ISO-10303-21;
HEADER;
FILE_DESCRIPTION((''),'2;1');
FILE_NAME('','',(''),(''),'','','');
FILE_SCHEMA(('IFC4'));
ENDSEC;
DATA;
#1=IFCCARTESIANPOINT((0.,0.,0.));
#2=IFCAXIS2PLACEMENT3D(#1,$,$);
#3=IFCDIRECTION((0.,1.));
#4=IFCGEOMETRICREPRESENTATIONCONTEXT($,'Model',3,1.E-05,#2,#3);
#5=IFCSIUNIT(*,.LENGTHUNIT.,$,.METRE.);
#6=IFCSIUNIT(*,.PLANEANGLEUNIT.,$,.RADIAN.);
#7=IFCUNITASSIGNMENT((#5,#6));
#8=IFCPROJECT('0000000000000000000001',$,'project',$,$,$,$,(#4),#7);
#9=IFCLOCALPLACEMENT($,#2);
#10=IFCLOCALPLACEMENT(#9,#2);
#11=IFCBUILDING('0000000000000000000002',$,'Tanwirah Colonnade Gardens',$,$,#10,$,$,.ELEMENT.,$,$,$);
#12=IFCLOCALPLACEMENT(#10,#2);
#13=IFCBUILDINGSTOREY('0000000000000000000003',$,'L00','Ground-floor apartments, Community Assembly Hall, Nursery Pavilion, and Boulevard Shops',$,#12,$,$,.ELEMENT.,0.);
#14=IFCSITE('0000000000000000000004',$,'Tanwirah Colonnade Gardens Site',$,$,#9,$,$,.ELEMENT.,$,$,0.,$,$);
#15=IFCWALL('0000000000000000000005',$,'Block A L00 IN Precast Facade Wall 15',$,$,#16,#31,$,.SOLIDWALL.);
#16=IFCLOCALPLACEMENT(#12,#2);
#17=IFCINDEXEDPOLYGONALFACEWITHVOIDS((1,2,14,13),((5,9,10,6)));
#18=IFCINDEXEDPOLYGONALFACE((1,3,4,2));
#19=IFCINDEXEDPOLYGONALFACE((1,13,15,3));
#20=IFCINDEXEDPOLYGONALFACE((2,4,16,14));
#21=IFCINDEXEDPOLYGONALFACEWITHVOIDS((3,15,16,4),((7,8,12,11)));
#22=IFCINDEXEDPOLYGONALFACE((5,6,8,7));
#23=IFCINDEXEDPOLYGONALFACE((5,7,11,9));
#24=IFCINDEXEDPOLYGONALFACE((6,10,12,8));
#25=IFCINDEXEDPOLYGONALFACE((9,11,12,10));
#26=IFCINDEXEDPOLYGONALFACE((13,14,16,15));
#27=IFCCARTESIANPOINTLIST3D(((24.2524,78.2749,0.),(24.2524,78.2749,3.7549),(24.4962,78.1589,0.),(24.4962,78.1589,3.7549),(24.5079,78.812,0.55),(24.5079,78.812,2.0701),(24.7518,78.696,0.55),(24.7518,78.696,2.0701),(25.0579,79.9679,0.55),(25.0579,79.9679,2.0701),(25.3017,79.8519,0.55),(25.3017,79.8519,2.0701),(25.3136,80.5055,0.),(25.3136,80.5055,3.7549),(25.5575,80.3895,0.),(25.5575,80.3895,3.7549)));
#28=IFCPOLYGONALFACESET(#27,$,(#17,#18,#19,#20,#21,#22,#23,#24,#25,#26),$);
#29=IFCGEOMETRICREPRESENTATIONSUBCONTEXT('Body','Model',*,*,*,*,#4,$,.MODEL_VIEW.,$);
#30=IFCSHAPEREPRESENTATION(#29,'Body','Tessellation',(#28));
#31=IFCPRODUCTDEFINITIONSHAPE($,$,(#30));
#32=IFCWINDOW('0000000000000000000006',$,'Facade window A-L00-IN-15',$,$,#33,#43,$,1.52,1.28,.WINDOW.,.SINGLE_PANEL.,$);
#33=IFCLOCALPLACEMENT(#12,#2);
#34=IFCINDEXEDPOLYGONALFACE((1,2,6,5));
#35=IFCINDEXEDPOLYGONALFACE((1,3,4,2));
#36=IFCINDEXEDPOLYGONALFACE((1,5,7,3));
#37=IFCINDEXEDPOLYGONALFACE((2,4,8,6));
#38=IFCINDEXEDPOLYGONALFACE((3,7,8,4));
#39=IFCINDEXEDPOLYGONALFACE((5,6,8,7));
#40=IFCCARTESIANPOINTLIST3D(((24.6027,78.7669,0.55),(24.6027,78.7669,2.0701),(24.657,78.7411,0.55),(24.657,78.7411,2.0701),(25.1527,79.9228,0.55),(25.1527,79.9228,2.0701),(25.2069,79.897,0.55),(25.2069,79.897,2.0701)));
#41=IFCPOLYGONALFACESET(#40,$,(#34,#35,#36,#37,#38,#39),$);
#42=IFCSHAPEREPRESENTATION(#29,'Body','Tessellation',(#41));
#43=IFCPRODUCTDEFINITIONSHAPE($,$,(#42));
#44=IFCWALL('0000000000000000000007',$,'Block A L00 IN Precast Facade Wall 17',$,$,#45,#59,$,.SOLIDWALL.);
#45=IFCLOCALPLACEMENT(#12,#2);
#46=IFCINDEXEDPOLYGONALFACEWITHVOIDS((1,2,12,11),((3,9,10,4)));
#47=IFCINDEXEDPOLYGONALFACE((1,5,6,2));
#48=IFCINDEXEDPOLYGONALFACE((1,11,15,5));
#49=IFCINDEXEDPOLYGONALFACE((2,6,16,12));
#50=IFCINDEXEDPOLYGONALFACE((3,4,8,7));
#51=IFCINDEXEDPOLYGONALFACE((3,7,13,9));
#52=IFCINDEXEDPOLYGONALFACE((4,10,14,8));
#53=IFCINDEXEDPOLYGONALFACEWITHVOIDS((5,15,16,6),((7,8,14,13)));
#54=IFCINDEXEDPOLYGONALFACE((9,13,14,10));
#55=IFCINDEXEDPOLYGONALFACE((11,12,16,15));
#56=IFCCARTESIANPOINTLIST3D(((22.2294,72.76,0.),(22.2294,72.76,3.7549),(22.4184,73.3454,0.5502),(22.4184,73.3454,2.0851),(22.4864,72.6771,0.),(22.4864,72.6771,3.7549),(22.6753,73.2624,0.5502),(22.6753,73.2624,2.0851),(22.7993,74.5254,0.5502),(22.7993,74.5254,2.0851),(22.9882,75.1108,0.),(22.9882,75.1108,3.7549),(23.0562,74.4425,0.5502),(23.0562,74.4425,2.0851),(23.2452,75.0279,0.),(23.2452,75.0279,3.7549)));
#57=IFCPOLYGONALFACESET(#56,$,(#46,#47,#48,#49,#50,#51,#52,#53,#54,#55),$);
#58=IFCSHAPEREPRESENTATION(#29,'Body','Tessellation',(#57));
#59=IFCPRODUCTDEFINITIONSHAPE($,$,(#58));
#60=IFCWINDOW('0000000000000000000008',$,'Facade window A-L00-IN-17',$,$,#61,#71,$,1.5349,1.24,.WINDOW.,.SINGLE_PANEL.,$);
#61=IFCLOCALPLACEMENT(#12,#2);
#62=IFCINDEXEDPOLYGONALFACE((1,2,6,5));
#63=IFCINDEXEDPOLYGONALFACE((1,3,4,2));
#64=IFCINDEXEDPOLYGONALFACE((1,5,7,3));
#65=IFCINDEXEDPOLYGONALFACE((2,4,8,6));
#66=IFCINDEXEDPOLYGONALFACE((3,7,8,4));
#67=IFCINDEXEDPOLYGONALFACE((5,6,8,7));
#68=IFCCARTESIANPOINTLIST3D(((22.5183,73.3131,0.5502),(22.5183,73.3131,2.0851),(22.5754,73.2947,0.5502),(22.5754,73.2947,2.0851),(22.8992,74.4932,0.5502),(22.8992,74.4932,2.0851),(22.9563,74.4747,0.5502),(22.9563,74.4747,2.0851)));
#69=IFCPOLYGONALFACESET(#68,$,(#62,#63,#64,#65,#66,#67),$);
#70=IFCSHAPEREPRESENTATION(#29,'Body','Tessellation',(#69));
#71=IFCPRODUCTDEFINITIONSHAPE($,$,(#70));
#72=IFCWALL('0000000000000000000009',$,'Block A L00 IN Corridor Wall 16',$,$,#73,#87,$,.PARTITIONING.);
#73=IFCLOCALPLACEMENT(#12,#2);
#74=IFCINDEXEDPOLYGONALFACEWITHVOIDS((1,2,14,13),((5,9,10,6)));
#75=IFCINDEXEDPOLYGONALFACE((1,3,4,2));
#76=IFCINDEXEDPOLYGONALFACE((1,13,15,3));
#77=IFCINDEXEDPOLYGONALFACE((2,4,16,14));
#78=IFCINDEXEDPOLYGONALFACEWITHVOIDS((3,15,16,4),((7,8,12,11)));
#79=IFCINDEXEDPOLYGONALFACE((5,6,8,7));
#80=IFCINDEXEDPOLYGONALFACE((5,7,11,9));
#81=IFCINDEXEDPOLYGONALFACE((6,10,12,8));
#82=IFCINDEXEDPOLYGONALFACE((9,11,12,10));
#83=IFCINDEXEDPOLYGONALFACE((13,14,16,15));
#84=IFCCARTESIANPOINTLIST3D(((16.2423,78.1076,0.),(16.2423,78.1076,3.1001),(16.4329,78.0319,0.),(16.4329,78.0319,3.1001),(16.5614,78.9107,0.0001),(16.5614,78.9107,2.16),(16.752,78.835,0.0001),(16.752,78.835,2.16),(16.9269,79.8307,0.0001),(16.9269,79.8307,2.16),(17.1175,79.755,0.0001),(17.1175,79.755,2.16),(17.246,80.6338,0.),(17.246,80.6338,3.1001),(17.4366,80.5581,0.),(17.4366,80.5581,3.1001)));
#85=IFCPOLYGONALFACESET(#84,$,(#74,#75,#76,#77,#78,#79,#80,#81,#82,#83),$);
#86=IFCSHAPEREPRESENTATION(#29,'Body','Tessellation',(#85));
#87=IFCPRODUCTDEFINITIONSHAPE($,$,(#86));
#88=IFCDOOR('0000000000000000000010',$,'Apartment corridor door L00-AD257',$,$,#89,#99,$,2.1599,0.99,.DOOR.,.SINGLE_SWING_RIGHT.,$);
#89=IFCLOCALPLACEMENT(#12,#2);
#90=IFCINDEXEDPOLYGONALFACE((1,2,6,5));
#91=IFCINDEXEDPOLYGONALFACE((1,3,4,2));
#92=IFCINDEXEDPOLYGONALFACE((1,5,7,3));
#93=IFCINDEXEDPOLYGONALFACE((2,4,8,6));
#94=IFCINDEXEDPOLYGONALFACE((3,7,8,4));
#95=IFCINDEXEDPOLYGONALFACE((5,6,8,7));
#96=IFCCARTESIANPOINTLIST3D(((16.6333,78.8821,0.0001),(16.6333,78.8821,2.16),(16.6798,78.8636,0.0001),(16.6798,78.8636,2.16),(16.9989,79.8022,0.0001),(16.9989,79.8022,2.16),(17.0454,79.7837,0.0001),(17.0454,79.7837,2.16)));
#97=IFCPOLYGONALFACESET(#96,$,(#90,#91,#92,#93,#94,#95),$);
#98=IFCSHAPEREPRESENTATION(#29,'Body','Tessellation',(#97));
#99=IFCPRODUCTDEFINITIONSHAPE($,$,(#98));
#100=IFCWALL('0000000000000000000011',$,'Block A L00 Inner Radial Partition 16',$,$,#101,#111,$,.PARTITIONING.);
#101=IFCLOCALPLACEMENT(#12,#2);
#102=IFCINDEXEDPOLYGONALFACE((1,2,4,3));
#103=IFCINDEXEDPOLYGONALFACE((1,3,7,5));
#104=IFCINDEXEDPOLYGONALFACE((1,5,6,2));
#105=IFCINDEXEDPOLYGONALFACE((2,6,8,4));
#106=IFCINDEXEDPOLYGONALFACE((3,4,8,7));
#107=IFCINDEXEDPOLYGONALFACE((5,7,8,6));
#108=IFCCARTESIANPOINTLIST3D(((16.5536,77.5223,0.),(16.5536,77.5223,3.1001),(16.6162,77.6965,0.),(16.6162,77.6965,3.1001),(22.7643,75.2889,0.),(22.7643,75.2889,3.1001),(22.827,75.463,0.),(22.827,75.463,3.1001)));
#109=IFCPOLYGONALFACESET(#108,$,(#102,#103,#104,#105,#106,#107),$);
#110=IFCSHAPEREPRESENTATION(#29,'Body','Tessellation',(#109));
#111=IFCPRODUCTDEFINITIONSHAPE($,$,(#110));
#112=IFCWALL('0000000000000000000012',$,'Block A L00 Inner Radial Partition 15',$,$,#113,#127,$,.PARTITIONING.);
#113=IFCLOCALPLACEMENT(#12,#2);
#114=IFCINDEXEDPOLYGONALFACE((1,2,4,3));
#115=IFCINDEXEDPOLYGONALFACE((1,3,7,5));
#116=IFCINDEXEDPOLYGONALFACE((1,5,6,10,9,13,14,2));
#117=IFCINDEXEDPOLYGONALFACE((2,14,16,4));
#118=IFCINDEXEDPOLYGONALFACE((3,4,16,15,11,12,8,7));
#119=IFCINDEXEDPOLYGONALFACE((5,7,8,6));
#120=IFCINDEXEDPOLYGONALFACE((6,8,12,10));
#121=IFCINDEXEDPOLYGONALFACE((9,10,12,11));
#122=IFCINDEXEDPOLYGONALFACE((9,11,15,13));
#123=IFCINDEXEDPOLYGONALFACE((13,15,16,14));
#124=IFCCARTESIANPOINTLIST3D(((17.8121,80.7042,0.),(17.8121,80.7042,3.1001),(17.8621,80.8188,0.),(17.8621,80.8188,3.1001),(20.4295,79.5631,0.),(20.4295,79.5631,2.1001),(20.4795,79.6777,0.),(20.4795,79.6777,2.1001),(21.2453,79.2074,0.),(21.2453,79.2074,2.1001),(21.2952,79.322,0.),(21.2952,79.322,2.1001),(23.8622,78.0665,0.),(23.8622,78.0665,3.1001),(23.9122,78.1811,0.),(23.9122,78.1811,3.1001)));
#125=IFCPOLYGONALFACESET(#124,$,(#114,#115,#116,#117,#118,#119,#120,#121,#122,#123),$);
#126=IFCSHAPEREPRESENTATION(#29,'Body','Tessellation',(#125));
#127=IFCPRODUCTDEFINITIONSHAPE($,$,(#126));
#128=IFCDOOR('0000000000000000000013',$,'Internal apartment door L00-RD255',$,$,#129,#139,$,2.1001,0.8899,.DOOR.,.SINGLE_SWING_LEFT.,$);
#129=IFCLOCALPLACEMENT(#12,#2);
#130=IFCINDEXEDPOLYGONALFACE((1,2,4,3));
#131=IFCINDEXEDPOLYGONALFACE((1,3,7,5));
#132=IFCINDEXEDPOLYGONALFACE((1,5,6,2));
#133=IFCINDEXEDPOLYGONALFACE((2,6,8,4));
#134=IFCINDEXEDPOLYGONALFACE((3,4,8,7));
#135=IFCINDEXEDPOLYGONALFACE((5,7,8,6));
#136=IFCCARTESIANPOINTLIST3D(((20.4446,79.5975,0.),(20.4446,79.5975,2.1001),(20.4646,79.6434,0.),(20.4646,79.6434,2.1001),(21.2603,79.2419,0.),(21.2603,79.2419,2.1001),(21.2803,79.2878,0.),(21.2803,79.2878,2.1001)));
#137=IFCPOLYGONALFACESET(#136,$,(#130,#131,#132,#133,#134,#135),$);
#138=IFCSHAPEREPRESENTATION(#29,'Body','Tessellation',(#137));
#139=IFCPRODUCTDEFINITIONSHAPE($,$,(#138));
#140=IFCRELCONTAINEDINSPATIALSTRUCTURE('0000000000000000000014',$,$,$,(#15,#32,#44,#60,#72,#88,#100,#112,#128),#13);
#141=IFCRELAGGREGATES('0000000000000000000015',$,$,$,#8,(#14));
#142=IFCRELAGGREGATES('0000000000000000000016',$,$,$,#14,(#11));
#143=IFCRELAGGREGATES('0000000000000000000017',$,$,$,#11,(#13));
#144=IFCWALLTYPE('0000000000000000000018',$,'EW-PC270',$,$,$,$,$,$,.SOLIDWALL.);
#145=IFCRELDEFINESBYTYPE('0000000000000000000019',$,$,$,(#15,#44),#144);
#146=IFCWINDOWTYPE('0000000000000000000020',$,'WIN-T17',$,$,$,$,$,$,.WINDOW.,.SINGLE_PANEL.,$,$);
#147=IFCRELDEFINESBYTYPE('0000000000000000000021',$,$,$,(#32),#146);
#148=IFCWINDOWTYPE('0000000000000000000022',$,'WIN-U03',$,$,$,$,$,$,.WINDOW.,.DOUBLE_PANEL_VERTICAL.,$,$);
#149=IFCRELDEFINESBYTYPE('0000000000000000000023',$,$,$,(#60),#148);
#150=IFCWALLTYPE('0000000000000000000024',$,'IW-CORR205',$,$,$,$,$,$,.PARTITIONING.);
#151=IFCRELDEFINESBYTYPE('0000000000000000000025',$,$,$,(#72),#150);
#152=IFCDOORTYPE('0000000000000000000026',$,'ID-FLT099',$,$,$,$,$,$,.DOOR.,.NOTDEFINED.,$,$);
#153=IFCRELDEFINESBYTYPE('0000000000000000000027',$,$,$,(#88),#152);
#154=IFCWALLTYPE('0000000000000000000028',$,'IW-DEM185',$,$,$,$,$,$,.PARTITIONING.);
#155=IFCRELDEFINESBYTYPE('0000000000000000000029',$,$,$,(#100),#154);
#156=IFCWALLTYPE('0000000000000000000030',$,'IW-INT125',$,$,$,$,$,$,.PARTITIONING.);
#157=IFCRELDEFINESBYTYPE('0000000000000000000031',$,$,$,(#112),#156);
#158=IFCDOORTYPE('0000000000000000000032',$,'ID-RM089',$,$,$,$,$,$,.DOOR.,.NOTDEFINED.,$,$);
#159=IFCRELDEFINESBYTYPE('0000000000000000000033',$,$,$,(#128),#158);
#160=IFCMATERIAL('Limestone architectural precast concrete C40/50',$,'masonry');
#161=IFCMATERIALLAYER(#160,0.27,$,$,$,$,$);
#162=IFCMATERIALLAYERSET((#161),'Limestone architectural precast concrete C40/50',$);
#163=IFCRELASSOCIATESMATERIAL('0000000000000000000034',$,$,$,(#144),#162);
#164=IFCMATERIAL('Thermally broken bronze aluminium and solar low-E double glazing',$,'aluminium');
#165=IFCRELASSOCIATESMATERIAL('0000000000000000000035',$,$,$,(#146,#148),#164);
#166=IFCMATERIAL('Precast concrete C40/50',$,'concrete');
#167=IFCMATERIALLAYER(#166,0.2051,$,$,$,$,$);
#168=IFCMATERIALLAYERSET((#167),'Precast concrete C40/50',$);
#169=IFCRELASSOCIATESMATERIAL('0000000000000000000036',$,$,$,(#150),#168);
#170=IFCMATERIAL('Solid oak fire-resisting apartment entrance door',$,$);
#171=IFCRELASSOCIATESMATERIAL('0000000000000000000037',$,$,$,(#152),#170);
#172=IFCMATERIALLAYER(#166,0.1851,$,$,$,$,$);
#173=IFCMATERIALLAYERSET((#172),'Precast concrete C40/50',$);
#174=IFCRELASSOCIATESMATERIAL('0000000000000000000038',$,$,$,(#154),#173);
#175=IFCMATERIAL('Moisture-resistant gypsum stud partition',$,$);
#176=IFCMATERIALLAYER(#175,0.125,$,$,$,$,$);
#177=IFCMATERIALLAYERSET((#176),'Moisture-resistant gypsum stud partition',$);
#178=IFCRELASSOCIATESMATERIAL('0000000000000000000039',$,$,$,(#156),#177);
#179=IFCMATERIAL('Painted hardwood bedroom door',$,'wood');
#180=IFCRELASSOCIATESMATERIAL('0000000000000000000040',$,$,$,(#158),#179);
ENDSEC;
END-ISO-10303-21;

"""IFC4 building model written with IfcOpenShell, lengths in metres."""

from ifc_helpers import new_model, si_unit, direction, frame, frame_2d, origin, place, context, subcontext, project, spatial, rectangle, extrude, material, layer, layer_set, type_object, element, fill, save


model = new_model("IFC4")

# Units and contexts
model_context = context("Model", 3, precision=1e-05, world=origin(), true_north=direction((0.0, 1.0)))
body_context = subcontext(model_context, "Body", "Model", "MODEL_VIEW")
ifc_project = project(units=[si_unit("LENGTHUNIT", "METRE"), si_unit("PLANEANGLEUNIT", "RADIAN")], contexts=[model_context])

# Site, building, storey
site_placement = place(None, origin())
site = spatial("IfcSite", under=ifc_project, at=site_placement, Name="Tanwirah Colonnade Gardens Site", CompositionType="ELEMENT", RefElevation=0.0)
building_placement = place(site_placement, origin())
building = spatial("IfcBuilding", under=site, at=building_placement, Name="Tanwirah Colonnade Gardens", CompositionType="ELEMENT")
storey_placement = place(building_placement, origin())
storey = spatial("IfcBuildingStorey", under=building, at=storey_placement, Name="L00", Description="Ground-floor apartments, Community Assembly Hall, Nursery Pavilion, and Boulevard Shops", CompositionType="ELEMENT", Elevation=0.0)

# Shared definitions
ifc_material_1 = material(Name="Precast concrete C40/50", Category="concrete")

# Wall, opening, window
ifc_material_2 = material(Name="Limestone architectural precast concrete C40/50", Category="masonry")
ifc_layer_1 = layer(ifc_material_2, 0.27)
ifc_layer_set_1 = layer_set([ifc_layer_1], Name="Limestone architectural precast concrete C40/50")
wall_type_1 = type_object("IfcWallType", Name="EW-PC270", PredefinedType="SOLIDWALL", material=ifc_layer_set_1)
wall_1_placement = place(storey_placement, frame((25.4355, 80.4475, 0.0), z_axis=(0.0, 0.0, 1.0), x_axis=(-0.429615, -0.903012, 0.0)))
wall_1 = element("IfcWall", 1, at=wall_1_placement, inside=storey, type_object=wall_type_1, Name="Block A L00 IN Precast Facade Wall 15", PredefinedType="SOLIDWALL", context=body_context, shape_type="SweptSolid", body=[
    extrude(rectangle(XDim=2.4702, YDim=0.27, at=frame_2d((1.2351, 0.0))), origin(), (0.0, 0.0, 1.0), 3.7549),
])
opening_1_placement = place(wall_1_placement, frame((0.5952, 0.0, 0.55)))
opening_1 = element("IfcOpeningElement", 2, at=opening_1_placement, cuts=wall_1, PredefinedType="OPENING", context=body_context, shape_type="SweptSolid", body=[
    extrude(rectangle(XDim=1.28, YDim=1.52, at=frame_2d((0.6401, 0.76))), frame((0.0, 0.145, 0.0), z_axis=(0.0, -1.0, 0.0), x_axis=(1.0, 0.0, 0.0)), (0.0, 0.0, 1.0), 0.29),
])
ifc_material_3 = material(Name="Thermally broken bronze aluminium and solar low-E double glazing", Category="aluminium")
window_type_1 = type_object("IfcWindowType", Name="WIN-T17", PartitioningType="SINGLE_PANEL", PredefinedType="WINDOW", material=ifc_material_3)
window_1_placement = place(opening_1_placement, origin())
window_1 = element("IfcWindow", 3, at=window_1_placement, inside=storey, type_object=window_type_1, Name="Facade window A-L00-IN-15", OverallHeight=1.52, OverallWidth=1.28, PartitioningType="SINGLE_PANEL", PredefinedType="WINDOW", context=body_context, shape_type="SweptSolid", body=[
    extrude(rectangle(XDim=1.28, YDim=1.52, at=frame_2d((0.6401, 0.76))), frame((0.0, 0.03, 0.0), z_axis=(0.0, -1.0, 0.0), x_axis=(1.0, 0.0, 0.0)), (0.0, 0.0, 1.0), 0.0601),
])
fill(opening_1, window_1)

# Wall, opening, window
wall_2_placement = place(storey_placement, frame((23.1167, 75.0693, 0.0), z_axis=(0.0, 0.0, 1.0), x_axis=(-0.30717, -0.951655, 0.0)))
wall_2 = element("IfcWall", 4, at=wall_2_placement, inside=storey, type_object=wall_type_1, Name="Block A L00 IN Precast Facade Wall 17", PredefinedType="SOLIDWALL", context=body_context, shape_type="SweptSolid", body=[
    extrude(rectangle(XDim=2.4702, YDim=0.27, at=frame_2d((1.2351, 0.0))), origin(), (0.0, 0.0, 1.0), 3.7549),
])
opening_2_placement = place(wall_2_placement, frame((0.615, 0.0, 0.55)))
opening_2 = element("IfcOpeningElement", 5, at=opening_2_placement, cuts=wall_2, PredefinedType="OPENING", context=body_context, shape_type="SweptSolid", body=[
    extrude(rectangle(XDim=1.24, YDim=1.5349, at=frame_2d((0.6201, 0.7676))), frame((0.0, 0.145, 0.0), z_axis=(0.0, -1.0, 0.0), x_axis=(1.0, 0.0, 0.0)), (0.0, 0.0, 1.0), 0.29),
])
window_type_2 = type_object("IfcWindowType", Name="WIN-U03", PartitioningType="DOUBLE_PANEL_VERTICAL", PredefinedType="WINDOW", material=ifc_material_3)
window_2_placement = place(opening_2_placement, origin())
window_2 = element("IfcWindow", 6, at=window_2_placement, inside=storey, type_object=window_type_2, Name="Facade window A-L00-IN-17", OverallHeight=1.5349, OverallWidth=1.24, PartitioningType="SINGLE_PANEL", PredefinedType="WINDOW", context=body_context, shape_type="SweptSolid", body=[
    extrude(rectangle(XDim=1.24, YDim=1.5349, at=frame_2d((0.6201, 0.7676))), frame((0.0, 0.03, 0.0), z_axis=(0.0, -1.0, 0.0), x_axis=(1.0, 0.0, 0.0)), (0.0, 0.0, 1.0), 0.0601),
])
fill(opening_2, window_2)

# Wall, opening, door
ifc_layer_2 = layer(ifc_material_1, 0.2051)
ifc_layer_set_2 = layer_set([ifc_layer_2], Name="Precast concrete C40/50")
wall_type_2 = type_object("IfcWallType", Name="IW-CORR205", PredefinedType="PARTITIONING", material=ifc_layer_set_2)
wall_3_placement = place(storey_placement, frame((17.3413, 80.5959, 0.0), z_axis=(0.0, 0.0, 1.0), x_axis=(-0.369237, -0.929335, 0.0)))
wall_3 = element("IfcWall", 7, at=wall_3_placement, inside=storey, type_object=wall_type_2, Name="Block A L00 IN Corridor Wall 16", PredefinedType="PARTITIONING", context=body_context, shape_type="SweptSolid", body=[
    extrude(rectangle(XDim=2.7183, YDim=0.2051, at=frame_2d((1.3591, 0.0))), origin(), (0.0, 0.0, 1.0), 3.1001),
])
opening_3_placement = place(wall_3_placement, frame((0.864, 0.0, 0.0)))
opening_3 = element("IfcOpeningElement", 8, at=opening_3_placement, cuts=wall_3, PredefinedType="OPENING", context=body_context, shape_type="SweptSolid", body=[
    extrude(rectangle(XDim=0.99, YDim=2.1599, at=frame_2d((0.4951, 1.0801))), frame((0.0, 0.1125, 0.0), z_axis=(0.0, -1.0, 0.0), x_axis=(1.0, 0.0, 0.0)), (0.0, 0.0, 1.0), 0.2251),
])
ifc_material_4 = material(Name="Solid oak fire-resisting apartment entrance door")
door_type_1 = type_object("IfcDoorType", Name="ID-FLT099", OperationType="NOTDEFINED", PredefinedType="DOOR", material=ifc_material_4)
door_1_placement = place(opening_3_placement, origin())
door_1 = element("IfcDoor", 9, at=door_1_placement, inside=storey, type_object=door_type_1, Name="Apartment corridor door L00-AD257", OperationType="SINGLE_SWING_RIGHT", OverallHeight=2.1599, OverallWidth=0.99, PredefinedType="DOOR", context=body_context, shape_type="SweptSolid", body=[
    extrude(rectangle(XDim=0.99, YDim=2.1599, at=frame_2d((0.4951, 1.0801))), frame((0.0, 0.0249, 0.0), z_axis=(0.0, -1.0, 0.0), x_axis=(1.0, 0.0, 0.0)), (0.0, 0.0, 1.0), 0.05),
])
fill(opening_3, door_1)

# Wall
ifc_layer_3 = layer(ifc_material_1, 0.1851)
ifc_layer_set_3 = layer_set([ifc_layer_3], Name="Precast concrete C40/50")
wall_type_3 = type_object("IfcWallType", Name="IW-DEM185", PredefinedType="PARTITIONING", material=ifc_layer_set_3)
wall_4_placement = place(storey_placement, frame((22.7957, 75.376, 0.0), z_axis=(0.0, 0.0, 1.0), x_axis=(-0.941006, 0.338391, 0.0)))
element("IfcWall", 10, at=wall_4_placement, inside=storey, type_object=wall_type_3, Name="Block A L00 Inner Radial Partition 16", PredefinedType="PARTITIONING", context=body_context, shape_type="SweptSolid", body=[
    extrude(rectangle(XDim=6.6001, YDim=0.1851, at=frame_2d((3.3, 0.0))), origin(), (0.0, 0.0, 1.0), 3.1001),
])

# Wall, opening, door
ifc_material_5 = material(Name="Moisture-resistant gypsum stud partition")
ifc_layer_4 = layer(ifc_material_5, 0.125)
ifc_layer_set_4 = layer_set([ifc_layer_4], Name="Moisture-resistant gypsum stud partition")
wall_type_4 = type_object("IfcWallType", Name="IW-INT125", PredefinedType="PARTITIONING", material=ifc_layer_set_4)
wall_5_placement = place(storey_placement, frame((23.8872, 78.1238, 0.0), z_axis=(0.0, 0.0, 1.0), x_axis=(-0.916669, 0.399648, 0.0)))
wall_5 = element("IfcWall", 11, at=wall_5_placement, inside=storey, type_object=wall_type_4, Name="Block A L00 Inner Radial Partition 15", PredefinedType="PARTITIONING", context=body_context, shape_type="SweptSolid", body=[
    extrude(rectangle(XDim=6.6001, YDim=0.125, at=frame_2d((3.3, 0.0))), origin(), (0.0, 0.0, 1.0), 3.1001),
])
opening_4_placement = place(wall_5_placement, frame((2.855, 0.0, 0.0)))
opening_4 = element("IfcOpeningElement", 12, at=opening_4_placement, cuts=wall_5, PredefinedType="OPENING", context=body_context, shape_type="SweptSolid", body=[
    extrude(rectangle(XDim=0.8899, YDim=2.1001, at=frame_2d((0.4448, 1.05))), frame((0.0, 0.0725, 0.0), z_axis=(0.0, -1.0, 0.0), x_axis=(1.0, 0.0, 0.0)), (0.0, 0.0, 1.0), 0.145),
])
ifc_material_6 = material(Name="Painted hardwood bedroom door", Category="wood")
door_type_2 = type_object("IfcDoorType", Name="ID-RM089", OperationType="NOTDEFINED", PredefinedType="DOOR", material=ifc_material_6)
door_2_placement = place(opening_4_placement, origin())
door_2 = element("IfcDoor", 13, at=door_2_placement, inside=storey, type_object=door_type_2, Name="Internal apartment door L00-RD255", OperationType="SINGLE_SWING_LEFT", OverallHeight=2.1001, OverallWidth=0.8899, PredefinedType="DOOR", context=body_context, shape_type="SweptSolid", body=[
    extrude(rectangle(XDim=0.8899, YDim=2.1001, at=frame_2d((0.4448, 1.05))), frame((0.0, 0.0249, 0.0), z_axis=(0.0, -1.0, 0.0), x_axis=(1.0, 0.0, 0.0)), (0.0, 0.0, 1.0), 0.05),
])
fill(opening_4, door_2)

save(model, "model.ifc")
